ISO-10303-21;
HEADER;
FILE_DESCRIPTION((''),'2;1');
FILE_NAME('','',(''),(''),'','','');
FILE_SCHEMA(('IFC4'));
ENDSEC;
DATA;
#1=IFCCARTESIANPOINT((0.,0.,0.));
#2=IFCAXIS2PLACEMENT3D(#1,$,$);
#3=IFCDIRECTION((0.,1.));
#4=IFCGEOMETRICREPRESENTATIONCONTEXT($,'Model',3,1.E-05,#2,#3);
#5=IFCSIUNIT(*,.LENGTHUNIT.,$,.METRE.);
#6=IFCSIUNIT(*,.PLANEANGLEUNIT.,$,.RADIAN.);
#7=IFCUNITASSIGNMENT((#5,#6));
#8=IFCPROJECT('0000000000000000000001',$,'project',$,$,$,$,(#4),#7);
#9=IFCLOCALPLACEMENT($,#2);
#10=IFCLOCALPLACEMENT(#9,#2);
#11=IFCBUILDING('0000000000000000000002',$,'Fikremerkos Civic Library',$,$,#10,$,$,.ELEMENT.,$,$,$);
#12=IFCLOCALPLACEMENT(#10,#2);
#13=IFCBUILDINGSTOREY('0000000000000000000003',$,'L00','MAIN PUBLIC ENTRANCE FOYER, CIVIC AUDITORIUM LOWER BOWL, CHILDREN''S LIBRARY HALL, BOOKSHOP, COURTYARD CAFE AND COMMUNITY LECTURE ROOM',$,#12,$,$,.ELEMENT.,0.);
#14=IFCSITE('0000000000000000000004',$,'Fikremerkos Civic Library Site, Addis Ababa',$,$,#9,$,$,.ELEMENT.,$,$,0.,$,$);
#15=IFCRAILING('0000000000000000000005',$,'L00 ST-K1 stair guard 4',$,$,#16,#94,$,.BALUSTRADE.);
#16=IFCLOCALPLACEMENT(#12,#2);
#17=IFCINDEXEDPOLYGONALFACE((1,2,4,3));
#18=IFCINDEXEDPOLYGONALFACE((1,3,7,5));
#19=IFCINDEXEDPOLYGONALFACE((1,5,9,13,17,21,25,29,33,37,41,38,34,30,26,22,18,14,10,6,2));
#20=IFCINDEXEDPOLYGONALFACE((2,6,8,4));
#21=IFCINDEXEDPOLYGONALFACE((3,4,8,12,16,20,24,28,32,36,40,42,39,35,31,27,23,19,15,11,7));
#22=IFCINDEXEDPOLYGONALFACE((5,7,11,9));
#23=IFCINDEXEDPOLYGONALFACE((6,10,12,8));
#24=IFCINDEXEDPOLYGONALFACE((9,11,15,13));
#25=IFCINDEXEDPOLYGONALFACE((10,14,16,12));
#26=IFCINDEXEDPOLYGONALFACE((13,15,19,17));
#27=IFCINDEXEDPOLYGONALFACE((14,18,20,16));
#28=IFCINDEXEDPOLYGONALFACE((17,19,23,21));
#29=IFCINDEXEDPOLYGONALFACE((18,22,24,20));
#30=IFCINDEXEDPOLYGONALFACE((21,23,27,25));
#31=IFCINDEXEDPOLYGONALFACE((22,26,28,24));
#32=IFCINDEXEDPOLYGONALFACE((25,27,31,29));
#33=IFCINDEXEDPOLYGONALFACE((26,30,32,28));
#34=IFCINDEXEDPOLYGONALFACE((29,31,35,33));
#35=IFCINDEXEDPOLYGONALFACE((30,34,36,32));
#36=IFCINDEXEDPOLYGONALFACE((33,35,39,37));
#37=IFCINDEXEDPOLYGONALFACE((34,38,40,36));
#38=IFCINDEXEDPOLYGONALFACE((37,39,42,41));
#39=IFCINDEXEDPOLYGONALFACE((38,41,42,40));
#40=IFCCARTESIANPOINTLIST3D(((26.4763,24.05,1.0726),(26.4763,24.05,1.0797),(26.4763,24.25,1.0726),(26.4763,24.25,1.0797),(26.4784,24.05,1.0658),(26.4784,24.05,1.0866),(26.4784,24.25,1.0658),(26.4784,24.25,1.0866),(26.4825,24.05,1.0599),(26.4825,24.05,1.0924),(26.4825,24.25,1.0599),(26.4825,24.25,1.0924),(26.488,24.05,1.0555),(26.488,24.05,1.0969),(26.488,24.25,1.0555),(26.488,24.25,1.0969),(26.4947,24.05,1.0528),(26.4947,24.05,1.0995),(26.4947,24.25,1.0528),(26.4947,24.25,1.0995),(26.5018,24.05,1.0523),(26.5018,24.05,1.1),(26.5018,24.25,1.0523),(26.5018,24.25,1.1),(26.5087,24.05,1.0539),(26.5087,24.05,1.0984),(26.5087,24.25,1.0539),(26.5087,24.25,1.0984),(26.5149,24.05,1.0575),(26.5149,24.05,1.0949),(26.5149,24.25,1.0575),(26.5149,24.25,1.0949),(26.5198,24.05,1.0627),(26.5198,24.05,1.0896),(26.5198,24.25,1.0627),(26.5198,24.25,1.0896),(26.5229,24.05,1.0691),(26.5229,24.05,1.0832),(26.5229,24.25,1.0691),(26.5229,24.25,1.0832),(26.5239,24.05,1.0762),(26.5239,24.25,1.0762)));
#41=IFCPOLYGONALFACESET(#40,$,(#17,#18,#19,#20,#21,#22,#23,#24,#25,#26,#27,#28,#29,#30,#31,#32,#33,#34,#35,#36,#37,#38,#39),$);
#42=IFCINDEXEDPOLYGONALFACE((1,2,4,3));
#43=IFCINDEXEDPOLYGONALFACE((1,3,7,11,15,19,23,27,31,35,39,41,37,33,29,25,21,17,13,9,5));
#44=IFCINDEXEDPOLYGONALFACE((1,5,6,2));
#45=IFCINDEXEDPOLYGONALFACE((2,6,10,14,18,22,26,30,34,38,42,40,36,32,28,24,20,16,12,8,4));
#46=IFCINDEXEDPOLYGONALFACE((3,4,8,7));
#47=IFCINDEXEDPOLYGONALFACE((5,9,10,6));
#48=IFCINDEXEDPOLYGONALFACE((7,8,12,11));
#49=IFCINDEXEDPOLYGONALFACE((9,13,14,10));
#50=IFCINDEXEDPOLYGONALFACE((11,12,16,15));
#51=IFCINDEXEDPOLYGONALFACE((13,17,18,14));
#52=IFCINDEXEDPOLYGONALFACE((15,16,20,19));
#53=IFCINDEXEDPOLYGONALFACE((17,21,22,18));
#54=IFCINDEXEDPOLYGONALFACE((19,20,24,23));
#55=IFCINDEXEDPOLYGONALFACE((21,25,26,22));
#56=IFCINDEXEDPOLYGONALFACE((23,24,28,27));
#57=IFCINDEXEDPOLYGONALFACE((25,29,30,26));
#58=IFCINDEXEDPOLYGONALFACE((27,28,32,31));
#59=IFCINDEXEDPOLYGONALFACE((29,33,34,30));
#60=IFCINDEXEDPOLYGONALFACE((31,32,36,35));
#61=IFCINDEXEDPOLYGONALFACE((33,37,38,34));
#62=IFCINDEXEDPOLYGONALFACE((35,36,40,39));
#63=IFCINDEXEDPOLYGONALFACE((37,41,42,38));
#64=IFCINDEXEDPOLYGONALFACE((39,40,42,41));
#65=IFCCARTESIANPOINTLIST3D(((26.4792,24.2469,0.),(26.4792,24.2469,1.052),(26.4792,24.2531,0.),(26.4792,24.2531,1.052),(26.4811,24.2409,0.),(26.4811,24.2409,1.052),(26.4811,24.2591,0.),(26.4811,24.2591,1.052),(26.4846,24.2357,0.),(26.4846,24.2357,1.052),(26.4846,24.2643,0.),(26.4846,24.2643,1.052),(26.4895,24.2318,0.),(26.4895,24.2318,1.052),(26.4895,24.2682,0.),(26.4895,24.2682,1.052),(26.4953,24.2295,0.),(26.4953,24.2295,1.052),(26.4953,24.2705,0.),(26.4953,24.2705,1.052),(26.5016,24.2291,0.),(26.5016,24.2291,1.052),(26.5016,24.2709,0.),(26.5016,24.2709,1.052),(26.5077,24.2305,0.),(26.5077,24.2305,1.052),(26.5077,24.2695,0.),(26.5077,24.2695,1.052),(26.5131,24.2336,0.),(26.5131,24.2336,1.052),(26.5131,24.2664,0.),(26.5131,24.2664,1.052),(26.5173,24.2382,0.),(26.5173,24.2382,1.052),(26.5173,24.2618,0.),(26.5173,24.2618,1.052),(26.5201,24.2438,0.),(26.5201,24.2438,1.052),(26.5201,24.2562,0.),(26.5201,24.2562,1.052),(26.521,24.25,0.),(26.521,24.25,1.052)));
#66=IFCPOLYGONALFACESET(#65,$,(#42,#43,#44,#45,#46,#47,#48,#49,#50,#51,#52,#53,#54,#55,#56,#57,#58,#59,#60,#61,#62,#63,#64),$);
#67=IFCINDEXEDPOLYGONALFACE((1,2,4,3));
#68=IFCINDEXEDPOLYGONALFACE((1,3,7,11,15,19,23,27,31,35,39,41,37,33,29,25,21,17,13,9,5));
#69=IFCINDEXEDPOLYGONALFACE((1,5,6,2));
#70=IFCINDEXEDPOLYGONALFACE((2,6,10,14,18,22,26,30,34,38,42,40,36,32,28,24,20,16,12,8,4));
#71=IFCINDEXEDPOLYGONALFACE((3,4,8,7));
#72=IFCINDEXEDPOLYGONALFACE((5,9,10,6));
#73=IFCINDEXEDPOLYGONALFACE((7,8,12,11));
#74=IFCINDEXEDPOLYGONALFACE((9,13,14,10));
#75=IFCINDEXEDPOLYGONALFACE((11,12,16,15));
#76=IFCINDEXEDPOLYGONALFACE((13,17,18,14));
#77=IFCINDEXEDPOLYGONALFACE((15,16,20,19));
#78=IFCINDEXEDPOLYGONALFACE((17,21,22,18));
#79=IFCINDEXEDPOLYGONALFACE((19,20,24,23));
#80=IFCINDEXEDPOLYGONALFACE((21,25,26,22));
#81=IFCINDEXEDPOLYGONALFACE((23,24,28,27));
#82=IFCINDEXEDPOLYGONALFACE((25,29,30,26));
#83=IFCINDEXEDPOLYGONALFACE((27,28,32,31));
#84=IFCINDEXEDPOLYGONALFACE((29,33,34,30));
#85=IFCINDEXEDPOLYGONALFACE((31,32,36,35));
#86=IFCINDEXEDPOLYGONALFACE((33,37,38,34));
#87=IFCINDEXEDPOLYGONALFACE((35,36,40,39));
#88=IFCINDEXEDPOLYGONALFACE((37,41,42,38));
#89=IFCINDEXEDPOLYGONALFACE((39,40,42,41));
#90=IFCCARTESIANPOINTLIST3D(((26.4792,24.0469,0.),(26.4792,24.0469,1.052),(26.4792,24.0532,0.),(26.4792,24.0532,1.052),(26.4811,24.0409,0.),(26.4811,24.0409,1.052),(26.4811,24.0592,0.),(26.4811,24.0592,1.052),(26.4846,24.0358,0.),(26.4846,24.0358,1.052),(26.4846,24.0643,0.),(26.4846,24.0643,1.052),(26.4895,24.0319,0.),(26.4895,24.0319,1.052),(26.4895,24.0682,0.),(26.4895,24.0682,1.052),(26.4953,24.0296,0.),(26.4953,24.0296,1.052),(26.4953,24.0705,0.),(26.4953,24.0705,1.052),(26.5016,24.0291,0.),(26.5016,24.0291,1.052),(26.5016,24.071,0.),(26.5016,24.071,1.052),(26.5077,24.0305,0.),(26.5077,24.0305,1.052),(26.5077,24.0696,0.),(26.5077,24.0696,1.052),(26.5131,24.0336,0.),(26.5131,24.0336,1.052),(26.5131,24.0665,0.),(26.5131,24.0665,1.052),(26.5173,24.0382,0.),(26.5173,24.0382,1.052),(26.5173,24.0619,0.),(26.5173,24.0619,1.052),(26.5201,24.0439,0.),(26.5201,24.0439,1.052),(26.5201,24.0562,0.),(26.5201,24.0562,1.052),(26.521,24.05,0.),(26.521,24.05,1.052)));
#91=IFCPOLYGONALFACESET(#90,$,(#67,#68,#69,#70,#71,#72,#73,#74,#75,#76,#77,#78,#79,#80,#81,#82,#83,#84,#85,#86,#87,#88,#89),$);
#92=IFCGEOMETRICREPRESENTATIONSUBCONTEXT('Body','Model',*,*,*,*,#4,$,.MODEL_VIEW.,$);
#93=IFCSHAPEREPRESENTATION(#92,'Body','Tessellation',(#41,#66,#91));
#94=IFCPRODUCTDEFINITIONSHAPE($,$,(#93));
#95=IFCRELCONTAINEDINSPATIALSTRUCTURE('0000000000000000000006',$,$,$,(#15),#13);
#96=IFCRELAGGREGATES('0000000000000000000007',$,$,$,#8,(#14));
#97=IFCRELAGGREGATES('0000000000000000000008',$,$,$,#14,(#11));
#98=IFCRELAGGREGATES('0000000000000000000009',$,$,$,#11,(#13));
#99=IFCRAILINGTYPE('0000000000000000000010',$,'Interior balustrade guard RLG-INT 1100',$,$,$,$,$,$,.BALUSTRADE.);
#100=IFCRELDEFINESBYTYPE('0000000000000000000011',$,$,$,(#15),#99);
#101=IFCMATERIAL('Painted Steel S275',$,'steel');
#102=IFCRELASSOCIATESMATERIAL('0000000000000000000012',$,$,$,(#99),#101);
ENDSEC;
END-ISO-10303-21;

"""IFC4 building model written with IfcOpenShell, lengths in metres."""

from ifc_helpers import new_model, si_unit, direction, frame, origin, origin_2d, place, context, subcontext, project, spatial, circle, extrude, material, type_object, element, save


model = new_model("IFC4")

# Units and contexts
model_context = context("Model", 3, precision=1e-05, world=origin(), true_north=direction((0.0, 1.0)))
body_context = subcontext(model_context, "Body", "Model", "MODEL_VIEW")
ifc_project = project(units=[si_unit("LENGTHUNIT", "METRE"), si_unit("PLANEANGLEUNIT", "RADIAN")], contexts=[model_context])

# Site, building, storey
site_placement = place(None, origin())
site = spatial("IfcSite", under=ifc_project, at=site_placement, Name="Fikremerkos Civic Library Site, Addis Ababa", CompositionType="ELEMENT", RefElevation=0.0)
building_placement = place(site_placement, origin())
building = spatial("IfcBuilding", under=site, at=building_placement, Name="Fikremerkos Civic Library", CompositionType="ELEMENT")
storey_placement = place(building_placement, origin())
storey = spatial("IfcBuildingStorey", under=building, at=storey_placement, Name="L00", Description="MAIN PUBLIC ENTRANCE FOYER, CIVIC AUDITORIUM LOWER BOWL, CHILDREN'S LIBRARY HALL, BOOKSHOP, COURTYARD CAFE AND COMMUNITY LECTURE ROOM", CompositionType="ELEMENT", Elevation=0.0)

# Railing
ifc_material_1 = material(Name="Painted Steel S275", Category="steel")
railing_type_1 = type_object("IfcRailingType", Name="Interior balustrade guard RLG-INT 1100", PredefinedType="BALUSTRADE", material=ifc_material_1)
railing_1_placement = place(storey_placement, frame((26.5, 24.25, 0.0)))
element("IfcRailing", 1, at=railing_1_placement, inside=storey, type_object=railing_type_1, Name="L00 ST-K1 stair guard 4", PredefinedType="BALUSTRADE", context=body_context, shape_type="SweptSolid", body=[
    extrude(circle(Radius=0.0239, at=origin_2d()), frame((0.0, 0.0, 1.0762), z_axis=(0.0, -1.0, 0.0), x_axis=(1.0, 0.0, 0.0)), (0.0, 0.0, 1.0), 0.2),
    extrude(circle(Radius=0.021, at=origin_2d()), origin(), (0.0, 0.0, 1.0), 1.052),
    extrude(circle(Radius=0.021, at=origin_2d()), frame((0.0, -0.2, 0.0)), (0.0, 0.0, 1.0), 1.052),
])

save(model, "model.ifc")
